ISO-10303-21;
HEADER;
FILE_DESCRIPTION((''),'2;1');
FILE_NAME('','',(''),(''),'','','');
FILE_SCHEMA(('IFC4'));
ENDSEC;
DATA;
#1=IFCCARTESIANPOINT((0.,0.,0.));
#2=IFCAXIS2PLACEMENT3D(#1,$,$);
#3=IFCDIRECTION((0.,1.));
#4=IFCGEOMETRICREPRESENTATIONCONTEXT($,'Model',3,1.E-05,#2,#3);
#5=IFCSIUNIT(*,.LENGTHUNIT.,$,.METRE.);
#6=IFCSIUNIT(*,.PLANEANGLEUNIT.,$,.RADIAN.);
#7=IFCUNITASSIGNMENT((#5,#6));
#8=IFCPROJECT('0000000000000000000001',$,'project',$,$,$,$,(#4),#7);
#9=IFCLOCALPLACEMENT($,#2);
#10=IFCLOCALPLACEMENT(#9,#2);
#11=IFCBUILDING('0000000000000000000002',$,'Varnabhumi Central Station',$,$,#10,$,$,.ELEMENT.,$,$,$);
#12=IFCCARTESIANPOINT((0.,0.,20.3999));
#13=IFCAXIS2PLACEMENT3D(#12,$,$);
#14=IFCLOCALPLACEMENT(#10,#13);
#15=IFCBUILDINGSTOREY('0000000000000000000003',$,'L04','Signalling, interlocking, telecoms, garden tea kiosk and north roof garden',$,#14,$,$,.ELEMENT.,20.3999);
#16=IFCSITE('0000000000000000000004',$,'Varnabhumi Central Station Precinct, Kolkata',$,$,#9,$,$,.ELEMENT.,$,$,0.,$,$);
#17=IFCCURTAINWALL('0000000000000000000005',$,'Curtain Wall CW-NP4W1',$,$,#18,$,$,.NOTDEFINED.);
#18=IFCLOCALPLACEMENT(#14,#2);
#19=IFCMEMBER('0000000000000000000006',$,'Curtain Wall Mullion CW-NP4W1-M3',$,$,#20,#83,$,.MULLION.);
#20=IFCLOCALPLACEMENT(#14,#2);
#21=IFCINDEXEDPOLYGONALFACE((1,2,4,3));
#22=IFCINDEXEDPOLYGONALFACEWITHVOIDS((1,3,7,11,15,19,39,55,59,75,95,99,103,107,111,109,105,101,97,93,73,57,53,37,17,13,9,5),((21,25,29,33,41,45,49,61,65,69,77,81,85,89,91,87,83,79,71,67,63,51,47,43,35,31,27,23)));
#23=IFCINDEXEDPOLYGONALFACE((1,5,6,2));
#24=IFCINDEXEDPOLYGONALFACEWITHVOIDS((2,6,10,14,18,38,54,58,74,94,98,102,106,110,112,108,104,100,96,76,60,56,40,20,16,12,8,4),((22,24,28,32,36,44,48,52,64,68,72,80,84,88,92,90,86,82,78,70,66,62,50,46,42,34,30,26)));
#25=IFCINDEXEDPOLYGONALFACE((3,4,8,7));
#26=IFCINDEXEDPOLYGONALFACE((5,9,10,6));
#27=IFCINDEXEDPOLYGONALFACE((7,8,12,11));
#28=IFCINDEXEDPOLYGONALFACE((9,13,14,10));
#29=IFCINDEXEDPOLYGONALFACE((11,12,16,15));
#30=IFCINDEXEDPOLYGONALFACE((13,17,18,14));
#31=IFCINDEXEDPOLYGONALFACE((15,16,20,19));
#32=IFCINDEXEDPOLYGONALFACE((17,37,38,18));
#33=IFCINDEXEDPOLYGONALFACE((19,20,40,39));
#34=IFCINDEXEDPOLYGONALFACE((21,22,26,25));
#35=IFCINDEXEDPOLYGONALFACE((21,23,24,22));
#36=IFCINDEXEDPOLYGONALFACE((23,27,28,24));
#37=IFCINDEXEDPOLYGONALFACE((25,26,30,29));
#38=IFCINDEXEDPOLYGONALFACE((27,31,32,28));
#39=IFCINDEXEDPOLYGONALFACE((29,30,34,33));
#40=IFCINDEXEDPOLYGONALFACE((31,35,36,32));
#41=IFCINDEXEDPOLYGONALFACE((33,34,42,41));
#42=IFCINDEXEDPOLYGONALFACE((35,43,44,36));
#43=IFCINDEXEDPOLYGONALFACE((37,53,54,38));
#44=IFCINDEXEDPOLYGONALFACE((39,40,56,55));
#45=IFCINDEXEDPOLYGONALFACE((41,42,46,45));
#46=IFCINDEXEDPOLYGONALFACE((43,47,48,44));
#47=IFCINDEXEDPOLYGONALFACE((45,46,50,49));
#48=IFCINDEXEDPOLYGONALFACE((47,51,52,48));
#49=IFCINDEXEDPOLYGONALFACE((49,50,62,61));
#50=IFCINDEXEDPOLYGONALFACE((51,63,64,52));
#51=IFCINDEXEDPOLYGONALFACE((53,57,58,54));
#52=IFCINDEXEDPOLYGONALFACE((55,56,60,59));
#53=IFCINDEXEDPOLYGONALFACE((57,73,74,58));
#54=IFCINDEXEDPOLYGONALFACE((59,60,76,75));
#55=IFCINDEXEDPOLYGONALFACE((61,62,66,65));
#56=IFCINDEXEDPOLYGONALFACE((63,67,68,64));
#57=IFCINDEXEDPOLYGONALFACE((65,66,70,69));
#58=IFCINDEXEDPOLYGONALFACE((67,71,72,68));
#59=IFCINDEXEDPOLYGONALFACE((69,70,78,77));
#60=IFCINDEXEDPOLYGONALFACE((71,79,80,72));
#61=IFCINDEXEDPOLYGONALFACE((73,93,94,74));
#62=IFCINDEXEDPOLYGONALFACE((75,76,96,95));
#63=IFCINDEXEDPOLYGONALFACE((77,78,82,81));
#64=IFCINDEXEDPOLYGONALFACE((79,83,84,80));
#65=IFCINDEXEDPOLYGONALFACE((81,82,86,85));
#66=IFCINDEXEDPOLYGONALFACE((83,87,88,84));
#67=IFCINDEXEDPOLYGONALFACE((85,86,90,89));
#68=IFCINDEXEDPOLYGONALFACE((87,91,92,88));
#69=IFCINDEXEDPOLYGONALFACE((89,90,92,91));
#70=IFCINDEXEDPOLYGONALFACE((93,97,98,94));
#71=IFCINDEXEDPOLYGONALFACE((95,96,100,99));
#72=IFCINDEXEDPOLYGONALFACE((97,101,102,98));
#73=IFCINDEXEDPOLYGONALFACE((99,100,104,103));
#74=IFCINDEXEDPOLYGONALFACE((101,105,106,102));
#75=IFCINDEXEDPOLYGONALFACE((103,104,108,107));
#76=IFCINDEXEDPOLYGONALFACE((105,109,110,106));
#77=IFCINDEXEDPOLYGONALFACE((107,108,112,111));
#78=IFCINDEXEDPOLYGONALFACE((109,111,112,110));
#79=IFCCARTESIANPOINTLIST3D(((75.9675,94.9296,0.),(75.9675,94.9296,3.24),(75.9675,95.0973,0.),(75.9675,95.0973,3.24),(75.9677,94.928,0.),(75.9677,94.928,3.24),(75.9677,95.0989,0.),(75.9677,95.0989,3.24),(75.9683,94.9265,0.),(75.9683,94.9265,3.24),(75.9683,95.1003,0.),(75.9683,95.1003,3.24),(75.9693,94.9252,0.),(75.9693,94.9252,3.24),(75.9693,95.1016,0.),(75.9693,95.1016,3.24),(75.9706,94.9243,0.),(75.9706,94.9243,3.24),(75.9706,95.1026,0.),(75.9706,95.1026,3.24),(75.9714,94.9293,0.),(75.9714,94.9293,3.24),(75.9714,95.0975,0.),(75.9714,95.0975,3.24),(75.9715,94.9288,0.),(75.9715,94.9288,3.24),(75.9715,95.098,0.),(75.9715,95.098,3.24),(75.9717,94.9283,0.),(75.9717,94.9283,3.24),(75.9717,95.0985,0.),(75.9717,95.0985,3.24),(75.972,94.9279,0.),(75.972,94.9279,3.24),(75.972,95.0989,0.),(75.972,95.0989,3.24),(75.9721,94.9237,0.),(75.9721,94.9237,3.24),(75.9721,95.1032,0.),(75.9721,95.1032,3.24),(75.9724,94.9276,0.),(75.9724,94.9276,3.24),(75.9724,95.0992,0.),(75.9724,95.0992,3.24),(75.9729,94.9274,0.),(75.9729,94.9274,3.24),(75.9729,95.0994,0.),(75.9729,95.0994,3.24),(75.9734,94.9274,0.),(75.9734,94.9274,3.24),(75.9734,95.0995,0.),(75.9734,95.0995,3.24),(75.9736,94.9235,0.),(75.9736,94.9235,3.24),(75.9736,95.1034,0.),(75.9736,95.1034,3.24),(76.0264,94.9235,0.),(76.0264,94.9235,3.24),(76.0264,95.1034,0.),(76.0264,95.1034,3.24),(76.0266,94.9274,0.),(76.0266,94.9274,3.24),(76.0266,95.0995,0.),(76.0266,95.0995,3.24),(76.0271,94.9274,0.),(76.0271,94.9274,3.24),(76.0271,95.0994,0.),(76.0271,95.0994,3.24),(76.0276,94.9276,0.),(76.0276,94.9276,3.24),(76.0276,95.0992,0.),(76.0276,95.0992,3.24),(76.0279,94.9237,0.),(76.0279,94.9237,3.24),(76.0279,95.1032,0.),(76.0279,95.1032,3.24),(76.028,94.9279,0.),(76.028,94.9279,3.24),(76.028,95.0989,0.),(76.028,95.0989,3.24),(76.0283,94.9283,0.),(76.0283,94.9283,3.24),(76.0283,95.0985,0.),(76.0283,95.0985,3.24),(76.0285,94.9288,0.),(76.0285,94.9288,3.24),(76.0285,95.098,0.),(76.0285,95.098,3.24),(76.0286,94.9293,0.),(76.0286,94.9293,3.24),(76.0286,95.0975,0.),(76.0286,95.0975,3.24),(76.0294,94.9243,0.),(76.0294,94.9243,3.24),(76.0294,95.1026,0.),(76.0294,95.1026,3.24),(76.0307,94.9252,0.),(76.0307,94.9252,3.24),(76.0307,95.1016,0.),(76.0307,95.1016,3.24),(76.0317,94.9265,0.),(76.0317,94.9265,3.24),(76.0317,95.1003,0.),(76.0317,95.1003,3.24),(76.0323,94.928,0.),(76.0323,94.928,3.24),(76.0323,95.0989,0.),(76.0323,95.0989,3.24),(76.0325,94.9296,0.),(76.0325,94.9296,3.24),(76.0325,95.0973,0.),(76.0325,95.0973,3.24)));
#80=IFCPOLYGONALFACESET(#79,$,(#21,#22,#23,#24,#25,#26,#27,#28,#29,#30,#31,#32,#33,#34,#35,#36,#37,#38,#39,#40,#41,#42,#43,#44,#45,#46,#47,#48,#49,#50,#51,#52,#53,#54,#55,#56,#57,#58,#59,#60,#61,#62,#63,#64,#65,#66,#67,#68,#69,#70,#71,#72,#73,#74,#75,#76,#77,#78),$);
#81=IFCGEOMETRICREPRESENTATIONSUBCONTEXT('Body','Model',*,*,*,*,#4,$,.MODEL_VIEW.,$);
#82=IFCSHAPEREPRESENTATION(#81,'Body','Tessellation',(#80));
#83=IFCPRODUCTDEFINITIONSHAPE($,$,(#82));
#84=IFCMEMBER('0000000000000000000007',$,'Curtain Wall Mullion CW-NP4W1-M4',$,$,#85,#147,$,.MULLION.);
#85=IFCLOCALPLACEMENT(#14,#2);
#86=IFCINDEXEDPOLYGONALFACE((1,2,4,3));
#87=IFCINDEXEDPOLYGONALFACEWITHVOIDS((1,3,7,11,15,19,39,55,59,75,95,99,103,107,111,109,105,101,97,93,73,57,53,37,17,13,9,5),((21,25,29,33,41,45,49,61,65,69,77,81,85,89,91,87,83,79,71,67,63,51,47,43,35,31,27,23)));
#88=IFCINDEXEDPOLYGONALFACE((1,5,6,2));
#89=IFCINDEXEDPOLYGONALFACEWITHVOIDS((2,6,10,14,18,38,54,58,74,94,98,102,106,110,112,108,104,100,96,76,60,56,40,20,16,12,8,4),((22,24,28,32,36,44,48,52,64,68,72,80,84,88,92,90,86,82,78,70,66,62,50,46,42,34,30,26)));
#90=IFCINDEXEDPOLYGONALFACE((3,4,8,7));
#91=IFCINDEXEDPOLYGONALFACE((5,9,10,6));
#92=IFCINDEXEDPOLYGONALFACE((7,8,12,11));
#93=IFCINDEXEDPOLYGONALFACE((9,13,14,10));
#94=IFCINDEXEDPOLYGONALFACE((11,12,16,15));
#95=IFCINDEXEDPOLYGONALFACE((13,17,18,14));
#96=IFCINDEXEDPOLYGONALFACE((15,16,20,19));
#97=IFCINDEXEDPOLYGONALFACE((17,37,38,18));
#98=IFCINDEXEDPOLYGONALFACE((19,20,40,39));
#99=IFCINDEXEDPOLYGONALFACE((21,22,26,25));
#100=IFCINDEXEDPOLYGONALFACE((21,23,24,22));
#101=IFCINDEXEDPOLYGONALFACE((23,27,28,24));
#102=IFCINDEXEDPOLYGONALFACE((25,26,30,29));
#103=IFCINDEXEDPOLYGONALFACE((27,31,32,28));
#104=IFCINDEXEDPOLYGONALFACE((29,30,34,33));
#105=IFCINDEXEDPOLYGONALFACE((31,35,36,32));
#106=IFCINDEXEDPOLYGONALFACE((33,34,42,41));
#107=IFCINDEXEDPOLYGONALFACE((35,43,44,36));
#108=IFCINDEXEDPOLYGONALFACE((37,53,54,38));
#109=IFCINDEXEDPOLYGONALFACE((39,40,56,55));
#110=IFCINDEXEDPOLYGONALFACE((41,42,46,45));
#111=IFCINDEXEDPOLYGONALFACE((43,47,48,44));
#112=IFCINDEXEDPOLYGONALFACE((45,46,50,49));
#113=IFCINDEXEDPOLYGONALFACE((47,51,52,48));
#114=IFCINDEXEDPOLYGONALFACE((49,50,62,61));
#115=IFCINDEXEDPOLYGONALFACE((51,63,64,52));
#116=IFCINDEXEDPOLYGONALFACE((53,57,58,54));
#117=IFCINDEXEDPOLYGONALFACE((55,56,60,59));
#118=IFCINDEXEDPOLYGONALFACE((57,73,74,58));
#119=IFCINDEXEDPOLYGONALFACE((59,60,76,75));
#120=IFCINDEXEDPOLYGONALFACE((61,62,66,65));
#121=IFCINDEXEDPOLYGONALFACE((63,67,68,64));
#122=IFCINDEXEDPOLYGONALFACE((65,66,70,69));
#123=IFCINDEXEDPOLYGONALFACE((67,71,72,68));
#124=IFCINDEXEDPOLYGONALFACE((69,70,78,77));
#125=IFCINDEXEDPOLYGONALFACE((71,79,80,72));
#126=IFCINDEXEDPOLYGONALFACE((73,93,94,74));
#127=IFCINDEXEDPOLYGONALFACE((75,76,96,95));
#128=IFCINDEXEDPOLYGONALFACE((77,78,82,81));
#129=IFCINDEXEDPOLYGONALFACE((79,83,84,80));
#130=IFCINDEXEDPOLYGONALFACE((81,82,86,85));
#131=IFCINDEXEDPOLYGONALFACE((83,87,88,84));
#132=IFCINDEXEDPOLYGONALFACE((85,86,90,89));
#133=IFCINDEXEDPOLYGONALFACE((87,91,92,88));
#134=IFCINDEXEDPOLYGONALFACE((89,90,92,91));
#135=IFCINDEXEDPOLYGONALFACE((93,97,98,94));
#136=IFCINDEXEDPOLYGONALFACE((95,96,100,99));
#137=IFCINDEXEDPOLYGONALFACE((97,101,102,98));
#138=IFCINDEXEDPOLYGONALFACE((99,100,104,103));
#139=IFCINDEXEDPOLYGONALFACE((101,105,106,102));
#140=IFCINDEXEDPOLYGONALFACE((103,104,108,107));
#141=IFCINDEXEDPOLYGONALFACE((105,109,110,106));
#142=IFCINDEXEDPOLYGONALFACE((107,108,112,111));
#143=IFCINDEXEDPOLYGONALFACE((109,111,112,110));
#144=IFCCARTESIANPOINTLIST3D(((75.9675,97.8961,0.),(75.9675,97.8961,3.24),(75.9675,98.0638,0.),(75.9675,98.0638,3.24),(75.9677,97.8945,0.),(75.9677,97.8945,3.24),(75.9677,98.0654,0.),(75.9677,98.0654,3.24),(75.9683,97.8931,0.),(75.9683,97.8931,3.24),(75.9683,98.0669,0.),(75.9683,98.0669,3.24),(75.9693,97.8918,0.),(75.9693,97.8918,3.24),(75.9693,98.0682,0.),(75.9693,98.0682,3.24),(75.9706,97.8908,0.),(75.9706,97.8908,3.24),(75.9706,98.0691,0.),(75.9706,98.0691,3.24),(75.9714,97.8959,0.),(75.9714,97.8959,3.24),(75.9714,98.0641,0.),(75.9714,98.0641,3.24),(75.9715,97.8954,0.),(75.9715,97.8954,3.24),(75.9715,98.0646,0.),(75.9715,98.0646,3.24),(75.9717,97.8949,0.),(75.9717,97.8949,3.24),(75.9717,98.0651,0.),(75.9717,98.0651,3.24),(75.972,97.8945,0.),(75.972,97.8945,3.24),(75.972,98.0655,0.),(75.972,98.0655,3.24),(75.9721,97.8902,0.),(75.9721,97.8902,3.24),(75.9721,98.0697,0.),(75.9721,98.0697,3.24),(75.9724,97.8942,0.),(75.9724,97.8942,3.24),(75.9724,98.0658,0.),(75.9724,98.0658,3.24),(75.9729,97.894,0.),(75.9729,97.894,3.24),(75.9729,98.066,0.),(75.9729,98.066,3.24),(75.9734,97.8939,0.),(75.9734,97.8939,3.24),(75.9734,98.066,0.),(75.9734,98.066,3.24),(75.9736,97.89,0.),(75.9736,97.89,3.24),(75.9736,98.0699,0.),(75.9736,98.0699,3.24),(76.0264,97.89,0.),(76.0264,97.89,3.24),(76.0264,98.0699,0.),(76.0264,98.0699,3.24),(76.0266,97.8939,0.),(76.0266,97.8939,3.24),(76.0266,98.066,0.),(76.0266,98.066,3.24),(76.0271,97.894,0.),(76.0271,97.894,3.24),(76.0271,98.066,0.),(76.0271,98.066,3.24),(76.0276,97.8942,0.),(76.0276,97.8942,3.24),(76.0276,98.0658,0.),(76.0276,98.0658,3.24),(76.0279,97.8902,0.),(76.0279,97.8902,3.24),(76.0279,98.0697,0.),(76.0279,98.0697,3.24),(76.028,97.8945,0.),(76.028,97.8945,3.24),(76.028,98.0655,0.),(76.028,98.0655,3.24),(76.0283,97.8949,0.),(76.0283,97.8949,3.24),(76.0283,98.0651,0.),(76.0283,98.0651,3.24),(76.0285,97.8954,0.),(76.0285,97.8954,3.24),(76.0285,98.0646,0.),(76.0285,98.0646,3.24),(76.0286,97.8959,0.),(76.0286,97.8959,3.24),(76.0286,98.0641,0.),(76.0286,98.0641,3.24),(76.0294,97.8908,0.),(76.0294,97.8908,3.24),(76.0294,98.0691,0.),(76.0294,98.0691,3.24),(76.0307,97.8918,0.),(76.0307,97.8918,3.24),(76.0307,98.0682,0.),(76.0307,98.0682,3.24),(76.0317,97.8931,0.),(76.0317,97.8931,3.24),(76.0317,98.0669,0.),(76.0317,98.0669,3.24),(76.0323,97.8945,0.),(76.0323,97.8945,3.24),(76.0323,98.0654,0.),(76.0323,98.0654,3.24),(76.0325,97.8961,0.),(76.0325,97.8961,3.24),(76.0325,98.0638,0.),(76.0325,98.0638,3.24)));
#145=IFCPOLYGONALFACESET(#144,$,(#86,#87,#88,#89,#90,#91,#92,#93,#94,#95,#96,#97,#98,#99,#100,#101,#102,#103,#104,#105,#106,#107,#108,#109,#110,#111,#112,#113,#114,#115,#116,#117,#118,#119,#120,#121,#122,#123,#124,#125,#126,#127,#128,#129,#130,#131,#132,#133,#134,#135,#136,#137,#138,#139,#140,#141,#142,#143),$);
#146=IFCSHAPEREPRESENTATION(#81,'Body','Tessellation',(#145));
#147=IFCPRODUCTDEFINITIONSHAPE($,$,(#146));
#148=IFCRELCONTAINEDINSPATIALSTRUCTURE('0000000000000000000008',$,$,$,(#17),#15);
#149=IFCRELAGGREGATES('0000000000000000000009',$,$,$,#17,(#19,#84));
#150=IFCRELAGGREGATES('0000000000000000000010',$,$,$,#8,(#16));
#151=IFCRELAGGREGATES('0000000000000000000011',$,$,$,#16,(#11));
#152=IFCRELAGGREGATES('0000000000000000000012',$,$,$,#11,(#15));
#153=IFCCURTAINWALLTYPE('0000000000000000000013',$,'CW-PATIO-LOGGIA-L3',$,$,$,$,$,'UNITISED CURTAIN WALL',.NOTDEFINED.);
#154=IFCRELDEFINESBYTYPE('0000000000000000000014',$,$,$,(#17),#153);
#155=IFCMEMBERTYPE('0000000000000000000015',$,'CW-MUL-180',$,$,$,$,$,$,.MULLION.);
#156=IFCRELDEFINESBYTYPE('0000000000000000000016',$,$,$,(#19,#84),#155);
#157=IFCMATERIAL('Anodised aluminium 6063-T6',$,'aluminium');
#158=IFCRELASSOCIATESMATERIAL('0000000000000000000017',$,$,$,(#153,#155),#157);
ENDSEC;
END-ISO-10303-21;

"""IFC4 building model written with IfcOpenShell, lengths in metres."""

from ifc_helpers import new_model, si_unit, direction, frame, origin, origin_2d, place, context, subcontext, project, spatial, hollow_rectangle, extrude, material, material_profile, profile_set, type_object, element, aggregate, save


model = new_model("IFC4")

# Units and contexts
model_context = context("Model", 3, precision=1e-05, world=origin(), true_north=direction((0.0, 1.0)))
body_context = subcontext(model_context, "Body", "Model", "MODEL_VIEW")
ifc_project = project(units=[si_unit("LENGTHUNIT", "METRE"), si_unit("PLANEANGLEUNIT", "RADIAN")], contexts=[model_context])

# Site, building, storey
site_placement = place(None, origin())
site = spatial("IfcSite", under=ifc_project, at=site_placement, Name="Varnabhumi Central Station Precinct, Kolkata", CompositionType="ELEMENT", RefElevation=0.0)
building_placement = place(site_placement, origin())
building = spatial("IfcBuilding", under=site, at=building_placement, Name="Varnabhumi Central Station", CompositionType="ELEMENT")
storey_placement = place(building_placement, frame((0.0, 0.0, 20.3999)))
storey = spatial("IfcBuildingStorey", under=building, at=storey_placement, Name="L04", Description="Signalling, interlocking, telecoms, garden tea kiosk and north roof garden", CompositionType="ELEMENT", Elevation=20.3999)

# Curtain wall, members
ifc_material_1 = material(Name="Anodised aluminium 6063-T6", Category="aluminium")
curtain_wall_type = type_object("IfcCurtainWallType", Name="CW-PATIO-LOGGIA-L3", ElementType="UNITISED CURTAIN WALL", PredefinedType="NOTDEFINED", material=ifc_material_1)
curtain_wall_1_placement = place(storey_placement, origin())
curtain_wall_1 = element("IfcCurtainWall", 1, at=curtain_wall_1_placement, inside=storey, type_object=curtain_wall_type, Name="Curtain Wall CW-NP4W1", PredefinedType="NOTDEFINED")
ifc_material_profile_1 = material_profile(ifc_material_1, hollow_rectangle(XDim=0.0649, YDim=0.1799, WallThickness=0.0039, InnerFilletRadius=0.002, OuterFilletRadius=0.0061, at=origin_2d()), Name="Anodised aluminium 6063-T6", Category="aluminium")
ifc_profile_set_1 = profile_set([ifc_material_profile_1], Name="Anodised aluminium 6063-T6")
member_type_1 = type_object("IfcMemberType", Name="CW-MUL-180", PredefinedType="MULLION", material=ifc_profile_set_1)
member_1_placement = place(storey_placement, frame((76.0, 95.0134, 0.0), z_axis=(0.0, 0.0, 1.0), x_axis=(1.0, 0.0, 0.0)))
member_1 = element("IfcMember", 2, at=member_1_placement, type_object=member_type_1, Name="Curtain Wall Mullion CW-NP4W1-M3", PredefinedType="MULLION", context=body_context, shape_type="SweptSolid", body=[
    extrude(hollow_rectangle(XDim=0.0649, YDim=0.1799, WallThickness=0.0039, InnerFilletRadius=0.002, OuterFilletRadius=0.0061, at=origin_2d()), origin(), (0.0, 0.0, 1.0), 3.24),
])
member_2_placement = place(storey_placement, frame((76.0, 97.98, 0.0), z_axis=(0.0, 0.0, 1.0), x_axis=(1.0, 0.0, 0.0)))
member_2 = element("IfcMember", 3, at=member_2_placement, type_object=member_type_1, Name="Curtain Wall Mullion CW-NP4W1-M4", PredefinedType="MULLION", context=body_context, shape_type="SweptSolid", body=[
    extrude(hollow_rectangle(XDim=0.0649, YDim=0.1799, WallThickness=0.0039, InnerFilletRadius=0.002, OuterFilletRadius=0.0061, at=origin_2d()), origin(), (0.0, 0.0, 1.0), 3.24),
])

aggregate(curtain_wall_1, [member_1, member_2])

save(model, "model.ifc")
